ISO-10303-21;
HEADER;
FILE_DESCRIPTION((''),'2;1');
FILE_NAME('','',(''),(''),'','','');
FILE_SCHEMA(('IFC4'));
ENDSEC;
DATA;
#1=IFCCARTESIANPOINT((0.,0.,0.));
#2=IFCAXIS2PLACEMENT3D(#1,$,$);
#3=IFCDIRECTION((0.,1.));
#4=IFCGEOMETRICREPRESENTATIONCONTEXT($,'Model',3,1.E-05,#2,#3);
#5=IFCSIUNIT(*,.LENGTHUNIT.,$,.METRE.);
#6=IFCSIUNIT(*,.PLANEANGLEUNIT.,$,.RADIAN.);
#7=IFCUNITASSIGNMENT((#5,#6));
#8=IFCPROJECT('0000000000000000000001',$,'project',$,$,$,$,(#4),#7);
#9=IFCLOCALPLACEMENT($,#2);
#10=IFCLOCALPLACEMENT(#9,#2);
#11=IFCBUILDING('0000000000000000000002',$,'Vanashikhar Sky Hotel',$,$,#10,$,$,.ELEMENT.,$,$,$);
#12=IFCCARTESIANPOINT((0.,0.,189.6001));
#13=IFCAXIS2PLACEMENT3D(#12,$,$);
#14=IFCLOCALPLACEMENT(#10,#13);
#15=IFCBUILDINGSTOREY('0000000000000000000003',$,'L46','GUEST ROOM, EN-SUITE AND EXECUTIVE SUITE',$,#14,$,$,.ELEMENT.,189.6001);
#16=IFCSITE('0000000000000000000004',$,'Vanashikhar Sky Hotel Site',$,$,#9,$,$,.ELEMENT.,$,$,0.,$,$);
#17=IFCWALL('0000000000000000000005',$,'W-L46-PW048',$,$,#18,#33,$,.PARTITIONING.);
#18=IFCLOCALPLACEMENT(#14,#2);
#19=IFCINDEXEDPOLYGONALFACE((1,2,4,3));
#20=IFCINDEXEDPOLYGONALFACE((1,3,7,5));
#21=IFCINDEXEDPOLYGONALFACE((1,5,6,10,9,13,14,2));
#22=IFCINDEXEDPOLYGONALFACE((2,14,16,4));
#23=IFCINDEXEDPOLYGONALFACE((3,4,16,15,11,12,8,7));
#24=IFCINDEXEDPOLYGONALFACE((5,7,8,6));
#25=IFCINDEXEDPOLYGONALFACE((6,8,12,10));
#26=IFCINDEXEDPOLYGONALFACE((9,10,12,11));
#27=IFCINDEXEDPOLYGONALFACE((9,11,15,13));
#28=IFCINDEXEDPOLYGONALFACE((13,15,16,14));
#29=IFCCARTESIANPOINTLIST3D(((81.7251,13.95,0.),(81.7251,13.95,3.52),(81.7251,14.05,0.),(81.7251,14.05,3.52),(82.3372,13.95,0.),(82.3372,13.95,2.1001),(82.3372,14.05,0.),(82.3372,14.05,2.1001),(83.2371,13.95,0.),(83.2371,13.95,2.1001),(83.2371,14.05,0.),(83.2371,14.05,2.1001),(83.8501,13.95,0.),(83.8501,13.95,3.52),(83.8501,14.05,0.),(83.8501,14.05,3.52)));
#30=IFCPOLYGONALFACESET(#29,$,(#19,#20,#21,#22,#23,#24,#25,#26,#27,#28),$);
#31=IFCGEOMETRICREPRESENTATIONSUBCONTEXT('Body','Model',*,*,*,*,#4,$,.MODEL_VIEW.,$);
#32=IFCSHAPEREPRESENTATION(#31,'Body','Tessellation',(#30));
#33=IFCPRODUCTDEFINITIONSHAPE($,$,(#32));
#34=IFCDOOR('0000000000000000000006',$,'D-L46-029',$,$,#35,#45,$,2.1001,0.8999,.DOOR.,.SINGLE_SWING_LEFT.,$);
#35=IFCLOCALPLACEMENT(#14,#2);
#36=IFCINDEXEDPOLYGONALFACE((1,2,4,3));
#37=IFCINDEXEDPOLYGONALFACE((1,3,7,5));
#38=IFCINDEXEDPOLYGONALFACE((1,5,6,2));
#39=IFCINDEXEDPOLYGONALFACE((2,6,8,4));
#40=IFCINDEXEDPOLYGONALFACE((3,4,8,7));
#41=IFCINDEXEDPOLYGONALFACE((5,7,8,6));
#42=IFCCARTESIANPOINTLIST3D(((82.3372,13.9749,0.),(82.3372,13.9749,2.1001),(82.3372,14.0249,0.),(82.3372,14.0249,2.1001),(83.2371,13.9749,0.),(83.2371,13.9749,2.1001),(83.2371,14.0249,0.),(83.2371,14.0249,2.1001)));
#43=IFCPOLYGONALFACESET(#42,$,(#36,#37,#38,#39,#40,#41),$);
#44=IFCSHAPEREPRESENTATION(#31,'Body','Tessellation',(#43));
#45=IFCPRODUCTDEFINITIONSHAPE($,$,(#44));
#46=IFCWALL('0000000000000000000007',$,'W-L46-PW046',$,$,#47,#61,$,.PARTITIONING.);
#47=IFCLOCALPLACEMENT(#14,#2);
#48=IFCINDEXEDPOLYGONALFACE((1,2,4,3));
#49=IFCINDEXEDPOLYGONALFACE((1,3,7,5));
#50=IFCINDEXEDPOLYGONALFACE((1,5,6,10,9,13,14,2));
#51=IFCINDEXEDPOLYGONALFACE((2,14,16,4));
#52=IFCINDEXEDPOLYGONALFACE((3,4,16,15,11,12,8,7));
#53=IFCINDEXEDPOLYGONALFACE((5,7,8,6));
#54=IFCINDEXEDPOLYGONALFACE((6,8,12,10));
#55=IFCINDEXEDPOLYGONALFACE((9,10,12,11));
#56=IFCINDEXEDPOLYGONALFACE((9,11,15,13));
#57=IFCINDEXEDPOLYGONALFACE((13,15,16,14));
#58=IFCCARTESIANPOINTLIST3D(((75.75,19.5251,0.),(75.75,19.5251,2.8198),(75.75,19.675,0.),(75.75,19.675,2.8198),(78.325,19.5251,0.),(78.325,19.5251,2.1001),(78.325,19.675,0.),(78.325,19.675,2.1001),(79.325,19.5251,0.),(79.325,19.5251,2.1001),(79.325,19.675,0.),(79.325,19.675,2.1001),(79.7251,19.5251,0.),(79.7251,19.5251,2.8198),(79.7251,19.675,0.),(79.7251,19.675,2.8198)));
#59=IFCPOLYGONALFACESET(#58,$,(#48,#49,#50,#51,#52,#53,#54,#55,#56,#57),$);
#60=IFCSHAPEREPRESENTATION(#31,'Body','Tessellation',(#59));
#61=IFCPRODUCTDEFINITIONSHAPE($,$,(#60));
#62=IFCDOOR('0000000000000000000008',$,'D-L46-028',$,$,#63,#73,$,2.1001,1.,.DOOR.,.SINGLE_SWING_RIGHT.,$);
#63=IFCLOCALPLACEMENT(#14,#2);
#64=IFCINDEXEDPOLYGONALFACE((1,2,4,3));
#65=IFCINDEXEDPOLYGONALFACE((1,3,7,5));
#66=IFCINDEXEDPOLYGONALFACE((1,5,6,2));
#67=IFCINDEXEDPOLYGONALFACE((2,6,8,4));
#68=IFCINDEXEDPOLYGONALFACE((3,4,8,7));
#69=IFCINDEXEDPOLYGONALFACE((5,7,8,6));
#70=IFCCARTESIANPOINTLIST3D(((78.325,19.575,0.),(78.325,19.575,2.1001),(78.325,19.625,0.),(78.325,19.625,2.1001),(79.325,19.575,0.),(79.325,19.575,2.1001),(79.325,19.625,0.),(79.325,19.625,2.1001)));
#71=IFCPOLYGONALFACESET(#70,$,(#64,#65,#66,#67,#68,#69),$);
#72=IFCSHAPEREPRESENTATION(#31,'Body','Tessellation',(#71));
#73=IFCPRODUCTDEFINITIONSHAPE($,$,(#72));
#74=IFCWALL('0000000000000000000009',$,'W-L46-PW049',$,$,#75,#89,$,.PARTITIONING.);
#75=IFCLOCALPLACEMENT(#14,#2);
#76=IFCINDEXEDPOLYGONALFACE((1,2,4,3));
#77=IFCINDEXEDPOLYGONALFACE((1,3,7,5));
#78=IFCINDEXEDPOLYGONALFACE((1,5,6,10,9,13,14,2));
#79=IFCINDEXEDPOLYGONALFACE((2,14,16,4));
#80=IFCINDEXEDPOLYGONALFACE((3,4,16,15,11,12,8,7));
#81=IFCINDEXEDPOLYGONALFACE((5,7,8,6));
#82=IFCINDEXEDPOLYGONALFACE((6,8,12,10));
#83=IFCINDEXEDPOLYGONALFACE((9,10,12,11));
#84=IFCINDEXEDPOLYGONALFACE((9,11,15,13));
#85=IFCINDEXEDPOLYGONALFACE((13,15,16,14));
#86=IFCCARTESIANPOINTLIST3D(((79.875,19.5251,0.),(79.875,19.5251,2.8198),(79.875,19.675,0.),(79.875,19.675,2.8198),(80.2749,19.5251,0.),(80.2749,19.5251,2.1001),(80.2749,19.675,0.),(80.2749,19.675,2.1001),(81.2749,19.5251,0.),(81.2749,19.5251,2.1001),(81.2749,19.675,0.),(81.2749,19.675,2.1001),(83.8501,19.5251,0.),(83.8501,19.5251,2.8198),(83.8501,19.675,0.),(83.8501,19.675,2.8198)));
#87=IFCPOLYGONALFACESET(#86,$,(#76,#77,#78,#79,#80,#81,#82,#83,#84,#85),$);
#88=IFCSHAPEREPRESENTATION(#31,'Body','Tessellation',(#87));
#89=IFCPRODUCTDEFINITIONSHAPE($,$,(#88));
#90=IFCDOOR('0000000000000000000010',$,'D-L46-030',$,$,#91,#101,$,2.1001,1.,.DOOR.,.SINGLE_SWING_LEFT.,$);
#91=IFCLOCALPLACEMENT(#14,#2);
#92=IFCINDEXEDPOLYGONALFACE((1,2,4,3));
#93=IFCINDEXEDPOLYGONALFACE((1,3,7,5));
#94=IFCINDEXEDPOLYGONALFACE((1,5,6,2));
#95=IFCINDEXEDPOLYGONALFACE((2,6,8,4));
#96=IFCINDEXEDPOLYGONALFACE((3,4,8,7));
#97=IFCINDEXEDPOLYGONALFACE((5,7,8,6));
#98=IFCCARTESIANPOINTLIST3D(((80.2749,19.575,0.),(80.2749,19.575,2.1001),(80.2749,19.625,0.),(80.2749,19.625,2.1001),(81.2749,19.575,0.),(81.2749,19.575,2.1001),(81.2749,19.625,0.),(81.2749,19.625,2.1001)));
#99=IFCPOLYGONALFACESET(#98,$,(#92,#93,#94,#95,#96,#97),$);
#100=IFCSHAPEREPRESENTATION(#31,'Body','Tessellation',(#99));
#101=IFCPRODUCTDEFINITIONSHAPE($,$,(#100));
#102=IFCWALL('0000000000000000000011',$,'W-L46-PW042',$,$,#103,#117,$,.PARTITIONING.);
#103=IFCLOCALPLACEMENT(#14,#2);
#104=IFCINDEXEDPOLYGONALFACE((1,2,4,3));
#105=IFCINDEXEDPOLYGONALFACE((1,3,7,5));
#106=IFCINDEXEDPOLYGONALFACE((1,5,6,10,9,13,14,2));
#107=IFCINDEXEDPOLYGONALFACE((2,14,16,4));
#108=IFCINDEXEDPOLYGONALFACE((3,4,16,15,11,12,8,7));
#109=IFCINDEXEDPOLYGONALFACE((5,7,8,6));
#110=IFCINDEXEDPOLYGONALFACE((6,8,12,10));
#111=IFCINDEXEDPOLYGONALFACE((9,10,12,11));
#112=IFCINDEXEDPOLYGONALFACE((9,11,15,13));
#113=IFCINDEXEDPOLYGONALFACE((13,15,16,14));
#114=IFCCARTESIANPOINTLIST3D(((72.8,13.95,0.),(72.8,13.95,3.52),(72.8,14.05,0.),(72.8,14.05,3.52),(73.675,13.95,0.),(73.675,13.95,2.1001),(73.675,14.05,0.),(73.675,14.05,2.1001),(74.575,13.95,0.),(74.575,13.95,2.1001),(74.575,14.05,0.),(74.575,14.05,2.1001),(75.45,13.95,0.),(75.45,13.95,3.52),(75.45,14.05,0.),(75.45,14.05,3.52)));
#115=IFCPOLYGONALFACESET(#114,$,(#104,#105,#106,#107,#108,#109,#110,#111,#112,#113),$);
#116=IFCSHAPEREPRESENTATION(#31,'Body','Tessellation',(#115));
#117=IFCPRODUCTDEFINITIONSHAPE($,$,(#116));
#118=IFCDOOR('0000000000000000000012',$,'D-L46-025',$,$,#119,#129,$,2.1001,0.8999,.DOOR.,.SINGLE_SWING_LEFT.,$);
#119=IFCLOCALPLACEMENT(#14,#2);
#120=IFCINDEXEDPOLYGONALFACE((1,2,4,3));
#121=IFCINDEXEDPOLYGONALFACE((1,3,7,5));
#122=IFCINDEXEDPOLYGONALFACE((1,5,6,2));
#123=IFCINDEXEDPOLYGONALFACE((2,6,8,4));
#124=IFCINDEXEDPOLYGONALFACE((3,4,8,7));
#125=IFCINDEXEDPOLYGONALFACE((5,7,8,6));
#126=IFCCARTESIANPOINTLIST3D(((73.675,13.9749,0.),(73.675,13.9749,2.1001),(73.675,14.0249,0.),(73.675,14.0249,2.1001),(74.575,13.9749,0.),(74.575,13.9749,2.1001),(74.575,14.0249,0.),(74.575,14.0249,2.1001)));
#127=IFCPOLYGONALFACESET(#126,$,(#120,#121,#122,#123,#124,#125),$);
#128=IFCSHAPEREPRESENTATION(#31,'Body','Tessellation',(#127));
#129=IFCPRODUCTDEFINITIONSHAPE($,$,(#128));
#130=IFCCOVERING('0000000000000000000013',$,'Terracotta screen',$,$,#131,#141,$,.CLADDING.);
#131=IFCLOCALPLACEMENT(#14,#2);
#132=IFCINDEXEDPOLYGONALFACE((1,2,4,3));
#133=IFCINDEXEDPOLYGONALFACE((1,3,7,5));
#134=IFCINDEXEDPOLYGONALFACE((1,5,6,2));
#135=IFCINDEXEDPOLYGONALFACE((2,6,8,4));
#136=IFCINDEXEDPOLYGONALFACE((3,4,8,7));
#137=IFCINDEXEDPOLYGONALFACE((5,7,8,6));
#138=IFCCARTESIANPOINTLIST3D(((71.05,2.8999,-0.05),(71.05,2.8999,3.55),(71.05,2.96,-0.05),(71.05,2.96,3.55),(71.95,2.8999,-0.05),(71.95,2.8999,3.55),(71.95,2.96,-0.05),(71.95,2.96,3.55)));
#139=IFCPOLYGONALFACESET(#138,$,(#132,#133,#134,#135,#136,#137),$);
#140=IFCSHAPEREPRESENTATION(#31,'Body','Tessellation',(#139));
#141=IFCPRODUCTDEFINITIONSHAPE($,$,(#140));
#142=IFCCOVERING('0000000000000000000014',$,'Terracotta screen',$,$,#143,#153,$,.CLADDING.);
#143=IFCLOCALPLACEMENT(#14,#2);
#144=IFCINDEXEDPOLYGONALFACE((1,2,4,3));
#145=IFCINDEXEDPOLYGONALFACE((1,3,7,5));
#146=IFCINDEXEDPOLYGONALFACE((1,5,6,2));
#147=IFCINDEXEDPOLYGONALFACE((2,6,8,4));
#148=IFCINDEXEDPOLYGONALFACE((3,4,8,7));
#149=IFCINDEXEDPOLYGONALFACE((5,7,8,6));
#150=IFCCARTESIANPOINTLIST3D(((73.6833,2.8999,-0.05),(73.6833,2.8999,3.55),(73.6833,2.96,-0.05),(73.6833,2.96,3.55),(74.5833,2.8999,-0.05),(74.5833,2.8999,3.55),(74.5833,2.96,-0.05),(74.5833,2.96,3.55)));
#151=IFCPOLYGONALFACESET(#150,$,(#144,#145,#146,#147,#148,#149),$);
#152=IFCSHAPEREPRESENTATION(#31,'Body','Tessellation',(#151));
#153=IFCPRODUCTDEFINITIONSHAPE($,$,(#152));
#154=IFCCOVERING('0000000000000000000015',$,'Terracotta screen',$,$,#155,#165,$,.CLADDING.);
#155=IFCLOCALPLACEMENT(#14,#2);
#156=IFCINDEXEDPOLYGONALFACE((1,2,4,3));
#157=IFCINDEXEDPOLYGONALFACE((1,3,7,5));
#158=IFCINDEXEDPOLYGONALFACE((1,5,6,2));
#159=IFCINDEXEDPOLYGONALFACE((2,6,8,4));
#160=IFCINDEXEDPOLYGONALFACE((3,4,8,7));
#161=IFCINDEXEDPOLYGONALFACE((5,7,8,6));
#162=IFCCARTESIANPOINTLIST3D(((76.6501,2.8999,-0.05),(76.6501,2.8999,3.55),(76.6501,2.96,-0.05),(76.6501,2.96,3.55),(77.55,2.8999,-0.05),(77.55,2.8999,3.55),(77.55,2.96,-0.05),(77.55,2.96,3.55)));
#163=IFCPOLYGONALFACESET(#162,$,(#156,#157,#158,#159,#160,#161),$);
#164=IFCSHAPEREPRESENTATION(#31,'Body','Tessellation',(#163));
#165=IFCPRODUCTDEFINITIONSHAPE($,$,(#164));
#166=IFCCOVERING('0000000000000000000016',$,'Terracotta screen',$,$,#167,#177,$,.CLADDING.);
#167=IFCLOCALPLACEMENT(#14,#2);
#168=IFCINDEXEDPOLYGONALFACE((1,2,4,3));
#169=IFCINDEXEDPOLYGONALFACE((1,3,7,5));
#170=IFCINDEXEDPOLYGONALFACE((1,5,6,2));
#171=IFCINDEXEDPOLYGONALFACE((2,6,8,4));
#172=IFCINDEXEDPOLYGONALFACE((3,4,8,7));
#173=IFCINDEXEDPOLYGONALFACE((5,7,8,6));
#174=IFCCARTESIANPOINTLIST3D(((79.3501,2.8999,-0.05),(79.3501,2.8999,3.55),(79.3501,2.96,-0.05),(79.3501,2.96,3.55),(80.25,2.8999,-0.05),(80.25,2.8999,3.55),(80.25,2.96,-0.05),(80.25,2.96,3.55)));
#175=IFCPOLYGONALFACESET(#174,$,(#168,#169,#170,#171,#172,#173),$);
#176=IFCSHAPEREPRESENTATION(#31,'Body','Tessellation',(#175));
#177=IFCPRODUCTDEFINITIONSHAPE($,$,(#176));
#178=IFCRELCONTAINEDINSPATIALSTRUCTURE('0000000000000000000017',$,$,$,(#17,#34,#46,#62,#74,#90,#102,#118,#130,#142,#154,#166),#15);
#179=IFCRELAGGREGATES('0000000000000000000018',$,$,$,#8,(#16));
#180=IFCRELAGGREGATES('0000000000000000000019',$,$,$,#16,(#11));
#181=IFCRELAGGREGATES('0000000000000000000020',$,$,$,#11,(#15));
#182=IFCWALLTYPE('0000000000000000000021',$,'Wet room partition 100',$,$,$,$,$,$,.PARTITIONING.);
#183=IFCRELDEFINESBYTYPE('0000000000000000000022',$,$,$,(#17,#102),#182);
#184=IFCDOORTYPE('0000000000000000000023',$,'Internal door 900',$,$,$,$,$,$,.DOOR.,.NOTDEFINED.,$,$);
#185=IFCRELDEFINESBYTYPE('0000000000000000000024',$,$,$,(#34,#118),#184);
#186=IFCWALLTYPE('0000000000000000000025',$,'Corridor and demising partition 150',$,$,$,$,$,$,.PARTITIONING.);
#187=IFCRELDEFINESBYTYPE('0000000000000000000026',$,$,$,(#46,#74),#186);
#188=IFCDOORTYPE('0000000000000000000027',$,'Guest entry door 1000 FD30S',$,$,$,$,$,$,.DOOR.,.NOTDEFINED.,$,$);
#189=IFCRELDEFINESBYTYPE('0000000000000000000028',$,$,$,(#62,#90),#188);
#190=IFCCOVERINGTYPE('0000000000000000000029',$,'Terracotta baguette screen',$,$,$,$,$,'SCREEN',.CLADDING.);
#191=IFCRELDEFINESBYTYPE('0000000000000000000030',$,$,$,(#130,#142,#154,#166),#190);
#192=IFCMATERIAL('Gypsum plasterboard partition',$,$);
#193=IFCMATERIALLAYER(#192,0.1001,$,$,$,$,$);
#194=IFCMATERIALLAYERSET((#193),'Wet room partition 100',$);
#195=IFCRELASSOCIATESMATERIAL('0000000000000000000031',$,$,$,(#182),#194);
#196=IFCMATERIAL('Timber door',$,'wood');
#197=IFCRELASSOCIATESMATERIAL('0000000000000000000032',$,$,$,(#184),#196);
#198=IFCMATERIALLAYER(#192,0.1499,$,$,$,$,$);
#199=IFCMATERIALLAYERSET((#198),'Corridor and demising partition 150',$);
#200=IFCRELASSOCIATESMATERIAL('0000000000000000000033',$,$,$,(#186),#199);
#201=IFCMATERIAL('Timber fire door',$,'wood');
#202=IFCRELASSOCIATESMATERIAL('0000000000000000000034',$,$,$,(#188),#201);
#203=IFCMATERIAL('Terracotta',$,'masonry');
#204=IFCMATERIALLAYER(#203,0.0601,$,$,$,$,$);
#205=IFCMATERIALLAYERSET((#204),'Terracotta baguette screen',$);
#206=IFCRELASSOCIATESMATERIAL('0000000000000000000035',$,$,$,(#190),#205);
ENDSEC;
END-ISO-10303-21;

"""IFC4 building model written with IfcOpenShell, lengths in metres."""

from ifc_helpers import new_model, si_unit, direction, frame, frame_2d, origin, origin_2d, place, context, subcontext, project, spatial, rectangle, extrude, source, transform, mapped, material, layer, layer_set, type_object, element, fill, save


model = new_model("IFC4")

# Units and contexts
model_context = context("Model", 3, precision=1e-05, world=origin(), true_north=direction((0.0, 1.0)))
body_context = subcontext(model_context, "Body", "Model", "MODEL_VIEW")
ifc_project = project(units=[si_unit("LENGTHUNIT", "METRE"), si_unit("PLANEANGLEUNIT", "RADIAN")], contexts=[model_context])

# Site, building, storey
site_placement = place(None, origin())
site = spatial("IfcSite", under=ifc_project, at=site_placement, Name="Vanashikhar Sky Hotel Site", CompositionType="ELEMENT", RefElevation=0.0)
building_placement = place(site_placement, origin())
building = spatial("IfcBuilding", under=site, at=building_placement, Name="Vanashikhar Sky Hotel", CompositionType="ELEMENT")
storey_placement = place(building_placement, frame((0.0, 0.0, 189.6001)))
storey = spatial("IfcBuildingStorey", under=building, at=storey_placement, Name="L46", Description="GUEST ROOM, EN-SUITE AND EXECUTIVE SUITE", CompositionType="ELEMENT", Elevation=189.6001)

# Shared definitions
ifc_material_1 = material(Name="Gypsum plasterboard partition")
ifc_layer_1 = layer(ifc_material_1, 0.1001)
ifc_layer_set_1 = layer_set([ifc_layer_1], Name="Wet room partition 100")
wall_type_1 = type_object("IfcWallType", Name="Wet room partition 100", PredefinedType="PARTITIONING", material=ifc_layer_set_1)
shared_shape_1 = source(origin(), body_context, "Body", "SweptSolid", [
    extrude(rectangle(XDim=0.8999, YDim=2.1001, at=frame_2d((0.45, 1.05))), frame((0.0, 0.0601, 0.0), z_axis=(0.0, -1.0, 0.0), x_axis=(1.0, 0.0, 0.0)), (0.0, 0.0, 1.0), 0.1201),
])
ifc_material_2 = material(Name="Timber door", Category="wood")
door_type_1 = type_object("IfcDoorType", Name="Internal door 900", OperationType="NOTDEFINED", PredefinedType="DOOR", material=ifc_material_2)
shared_shape_2 = source(origin(), body_context, "Body", "SweptSolid", [
    extrude(rectangle(XDim=0.8999, YDim=2.1001, at=frame_2d((0.45, 1.05))), frame((0.0, 0.0249, 0.0), z_axis=(0.0, -1.0, 0.0), x_axis=(1.0, 0.0, 0.0)), (0.0, 0.0, 1.0), 0.05),
])

# Shared definitions
ifc_layer_2 = layer(ifc_material_1, 0.1499)
ifc_layer_set_2 = layer_set([ifc_layer_2], Name="Corridor and demising partition 150")
wall_type_2 = type_object("IfcWallType", Name="Corridor and demising partition 150", PredefinedType="PARTITIONING", material=ifc_layer_set_2)

# Walls, openings, doors
shared_shape_3 = source(origin(), body_context, "Body", "SweptSolid", [
    extrude(rectangle(XDim=2.125, YDim=0.1001, at=frame_2d((1.0625, 0.0))), origin(), (0.0, 0.0, 1.0), 3.52),
])
wall_1_placement = place(storey_placement, frame((81.7251, 14.0, 0.0), z_axis=(0.0, 0.0, 1.0), x_axis=(1.0, 0.0, 0.0)))
wall_1 = element("IfcWall", 1, at=wall_1_placement, inside=storey, type_object=wall_type_1, Name="W-L46-PW048", PredefinedType="PARTITIONING", context=body_context, shape_type="MappedRepresentation", body=[
    mapped(shared_shape_3, transform((0.0, 0.0, 0.0), scale=1.0)),
])
opening_1_placement = place(wall_1_placement, frame((0.6121, 0.0, 0.0)))
opening_1 = element("IfcOpeningElement", 2, at=opening_1_placement, cuts=wall_1, PredefinedType="OPENING", context=body_context, shape_type="MappedRepresentation", body=[
    mapped(shared_shape_1, transform((0.0, 0.0, 0.0), scale=1.0)),
])
door_1_placement = place(opening_1_placement, origin())
door_1 = element("IfcDoor", 3, at=door_1_placement, inside=storey, type_object=door_type_1, Name="D-L46-029", OperationType="SINGLE_SWING_LEFT", OverallHeight=2.1001, OverallWidth=0.8999, PredefinedType="DOOR", context=body_context, shape_type="MappedRepresentation", body=[
    mapped(shared_shape_2, transform((0.0, 0.0, 0.0), scale=1.0)),
])
fill(opening_1, door_1)
shared_shape_4 = source(origin(), body_context, "Body", "SweptSolid", [
    extrude(rectangle(XDim=3.9751, YDim=0.1499, at=frame_2d((1.9875, 0.0))), origin(), (0.0, 0.0, 1.0), 2.8198),
])
wall_2_placement = place(storey_placement, frame((75.75, 19.6001, 0.0), z_axis=(0.0, 0.0, 1.0), x_axis=(1.0, 0.0, 0.0)))
wall_2 = element("IfcWall", 4, at=wall_2_placement, inside=storey, type_object=wall_type_2, Name="W-L46-PW046", PredefinedType="PARTITIONING", context=body_context, shape_type="MappedRepresentation", body=[
    mapped(shared_shape_4, transform((0.0, 0.0, 0.0), scale=1.0)),
])
shared_shape_5 = source(origin(), body_context, "Body", "SweptSolid", [
    extrude(rectangle(XDim=1.0, YDim=2.1001, at=frame_2d((0.5, 1.05))), frame((0.0, 0.085, 0.0), z_axis=(0.0, -1.0, 0.0), x_axis=(1.0, 0.0, 0.0)), (0.0, 0.0, 1.0), 0.1699),
])
opening_2_placement = place(wall_2_placement, frame((2.575, 0.0, 0.0)))
opening_2 = element("IfcOpeningElement", 5, at=opening_2_placement, cuts=wall_2, PredefinedType="OPENING", context=body_context, shape_type="MappedRepresentation", body=[
    mapped(shared_shape_5, transform((0.0, 0.0, 0.0), scale=1.0)),
])
ifc_material_3 = material(Name="Timber fire door", Category="wood")
door_type_2 = type_object("IfcDoorType", Name="Guest entry door 1000 FD30S", OperationType="NOTDEFINED", PredefinedType="DOOR", material=ifc_material_3)
shared_shape_6 = source(origin(), body_context, "Body", "SweptSolid", [
    extrude(rectangle(XDim=1.0, YDim=2.1001, at=frame_2d((0.5, 1.05))), frame((0.0, 0.0249, 0.0), z_axis=(0.0, -1.0, 0.0), x_axis=(1.0, 0.0, 0.0)), (0.0, 0.0, 1.0), 0.05),
])
door_2_placement = place(opening_2_placement, origin())
door_2 = element("IfcDoor", 6, at=door_2_placement, inside=storey, type_object=door_type_2, Name="D-L46-028", OperationType="SINGLE_SWING_RIGHT", OverallHeight=2.1001, OverallWidth=1.0, PredefinedType="DOOR", context=body_context, shape_type="MappedRepresentation", body=[
    mapped(shared_shape_6, transform((0.0, 0.0, 0.0), scale=1.0)),
])
fill(opening_2, door_2)
wall_3_placement = place(storey_placement, frame((79.875, 19.6001, 0.0), z_axis=(0.0, 0.0, 1.0), x_axis=(1.0, 0.0, 0.0)))
wall_3 = element("IfcWall", 7, at=wall_3_placement, inside=storey, type_object=wall_type_2, Name="W-L46-PW049", PredefinedType="PARTITIONING", context=body_context, shape_type="MappedRepresentation", body=[
    mapped(shared_shape_4, transform((0.0, 0.0, 0.0), scale=1.0)),
])
opening_3_placement = place(wall_3_placement, frame((0.3999, 0.0, 0.0)))
opening_3 = element("IfcOpeningElement", 8, at=opening_3_placement, cuts=wall_3, PredefinedType="OPENING", context=body_context, shape_type="MappedRepresentation", body=[
    mapped(shared_shape_5, transform((0.0, 0.0, 0.0), scale=1.0)),
])
door_3_placement = place(opening_3_placement, origin())
door_3 = element("IfcDoor", 9, at=door_3_placement, inside=storey, type_object=door_type_2, Name="D-L46-030", OperationType="SINGLE_SWING_LEFT", OverallHeight=2.1001, OverallWidth=1.0, PredefinedType="DOOR", context=body_context, shape_type="MappedRepresentation", body=[
    mapped(shared_shape_6, transform((0.0, 0.0, 0.0), scale=1.0)),
])
fill(opening_3, door_3)
shared_shape_7 = source(origin(), body_context, "Body", "SweptSolid", [
    extrude(rectangle(XDim=2.6499, YDim=0.1001, at=frame_2d((1.325, 0.0))), origin(), (0.0, 0.0, 1.0), 3.52),
])
wall_4_placement = place(storey_placement, frame((72.8, 14.0, 0.0), z_axis=(0.0, 0.0, 1.0), x_axis=(1.0, 0.0, 0.0)))
wall_4 = element("IfcWall", 10, at=wall_4_placement, inside=storey, type_object=wall_type_1, Name="W-L46-PW042", PredefinedType="PARTITIONING", context=body_context, shape_type="MappedRepresentation", body=[
    mapped(shared_shape_7, transform((0.0, 0.0, 0.0), scale=1.0)),
])
opening_4_placement = place(wall_4_placement, frame((0.875, 0.0, 0.0)))
opening_4 = element("IfcOpeningElement", 11, at=opening_4_placement, cuts=wall_4, PredefinedType="OPENING", context=body_context, shape_type="MappedRepresentation", body=[
    mapped(shared_shape_1, transform((0.0, 0.0, 0.0), scale=1.0)),
])
door_4_placement = place(opening_4_placement, origin())
door_4 = element("IfcDoor", 12, at=door_4_placement, inside=storey, type_object=door_type_1, Name="D-L46-025", OperationType="SINGLE_SWING_LEFT", OverallHeight=2.1001, OverallWidth=0.8999, PredefinedType="DOOR", context=body_context, shape_type="MappedRepresentation", body=[
    mapped(shared_shape_2, transform((0.0, 0.0, 0.0), scale=1.0)),
])
fill(opening_4, door_4)

# Coverings
ifc_material_4 = material(Name="Terracotta", Category="masonry")
ifc_layer_3 = layer(ifc_material_4, 0.0601)
ifc_layer_set_3 = layer_set([ifc_layer_3], Name="Terracotta baguette screen")
covering_type = type_object("IfcCoveringType", Name="Terracotta baguette screen", ElementType="SCREEN", PredefinedType="CLADDING", material=ifc_layer_set_3)
shared_shape_8 = source(origin(), body_context, "Body", "SweptSolid", [
    extrude(rectangle(XDim=0.8999, YDim=0.0601, at=origin_2d()), origin(), (0.0, 0.0, 1.0), 3.6001),
])
for number, where, z_axis, x_axis, name in (
    (13, (71.5, 2.9299, -0.05), (0.0, 0.0, 1.0), (1.0, 0.0, 0.0), "Terracotta screen"),
    (14, (74.1333, 2.9299, -0.05), (0.0, 0.0, 1.0), (1.0, 0.0, 0.0), "Terracotta screen"),
    (15, (77.1001, 2.9299, -0.05), (0.0, 0.0, 1.0), (1.0, 0.0, 0.0), "Terracotta screen"),
    (16, (79.8, 2.9299, -0.05), (0.0, 0.0, 1.0), (1.0, 0.0, 0.0), "Terracotta screen"),
):
    element("IfcCovering", number, at=place(storey_placement, frame(where, z_axis=z_axis, x_axis=x_axis)), inside=storey, type_object=covering_type, Name=name, PredefinedType="CLADDING", context=body_context, shape_type="MappedRepresentation", body=[
        mapped(shared_shape_8, transform((0.0, 0.0, 0.0), scale=1.0)),
    ])

save(model, "model.ifc")
